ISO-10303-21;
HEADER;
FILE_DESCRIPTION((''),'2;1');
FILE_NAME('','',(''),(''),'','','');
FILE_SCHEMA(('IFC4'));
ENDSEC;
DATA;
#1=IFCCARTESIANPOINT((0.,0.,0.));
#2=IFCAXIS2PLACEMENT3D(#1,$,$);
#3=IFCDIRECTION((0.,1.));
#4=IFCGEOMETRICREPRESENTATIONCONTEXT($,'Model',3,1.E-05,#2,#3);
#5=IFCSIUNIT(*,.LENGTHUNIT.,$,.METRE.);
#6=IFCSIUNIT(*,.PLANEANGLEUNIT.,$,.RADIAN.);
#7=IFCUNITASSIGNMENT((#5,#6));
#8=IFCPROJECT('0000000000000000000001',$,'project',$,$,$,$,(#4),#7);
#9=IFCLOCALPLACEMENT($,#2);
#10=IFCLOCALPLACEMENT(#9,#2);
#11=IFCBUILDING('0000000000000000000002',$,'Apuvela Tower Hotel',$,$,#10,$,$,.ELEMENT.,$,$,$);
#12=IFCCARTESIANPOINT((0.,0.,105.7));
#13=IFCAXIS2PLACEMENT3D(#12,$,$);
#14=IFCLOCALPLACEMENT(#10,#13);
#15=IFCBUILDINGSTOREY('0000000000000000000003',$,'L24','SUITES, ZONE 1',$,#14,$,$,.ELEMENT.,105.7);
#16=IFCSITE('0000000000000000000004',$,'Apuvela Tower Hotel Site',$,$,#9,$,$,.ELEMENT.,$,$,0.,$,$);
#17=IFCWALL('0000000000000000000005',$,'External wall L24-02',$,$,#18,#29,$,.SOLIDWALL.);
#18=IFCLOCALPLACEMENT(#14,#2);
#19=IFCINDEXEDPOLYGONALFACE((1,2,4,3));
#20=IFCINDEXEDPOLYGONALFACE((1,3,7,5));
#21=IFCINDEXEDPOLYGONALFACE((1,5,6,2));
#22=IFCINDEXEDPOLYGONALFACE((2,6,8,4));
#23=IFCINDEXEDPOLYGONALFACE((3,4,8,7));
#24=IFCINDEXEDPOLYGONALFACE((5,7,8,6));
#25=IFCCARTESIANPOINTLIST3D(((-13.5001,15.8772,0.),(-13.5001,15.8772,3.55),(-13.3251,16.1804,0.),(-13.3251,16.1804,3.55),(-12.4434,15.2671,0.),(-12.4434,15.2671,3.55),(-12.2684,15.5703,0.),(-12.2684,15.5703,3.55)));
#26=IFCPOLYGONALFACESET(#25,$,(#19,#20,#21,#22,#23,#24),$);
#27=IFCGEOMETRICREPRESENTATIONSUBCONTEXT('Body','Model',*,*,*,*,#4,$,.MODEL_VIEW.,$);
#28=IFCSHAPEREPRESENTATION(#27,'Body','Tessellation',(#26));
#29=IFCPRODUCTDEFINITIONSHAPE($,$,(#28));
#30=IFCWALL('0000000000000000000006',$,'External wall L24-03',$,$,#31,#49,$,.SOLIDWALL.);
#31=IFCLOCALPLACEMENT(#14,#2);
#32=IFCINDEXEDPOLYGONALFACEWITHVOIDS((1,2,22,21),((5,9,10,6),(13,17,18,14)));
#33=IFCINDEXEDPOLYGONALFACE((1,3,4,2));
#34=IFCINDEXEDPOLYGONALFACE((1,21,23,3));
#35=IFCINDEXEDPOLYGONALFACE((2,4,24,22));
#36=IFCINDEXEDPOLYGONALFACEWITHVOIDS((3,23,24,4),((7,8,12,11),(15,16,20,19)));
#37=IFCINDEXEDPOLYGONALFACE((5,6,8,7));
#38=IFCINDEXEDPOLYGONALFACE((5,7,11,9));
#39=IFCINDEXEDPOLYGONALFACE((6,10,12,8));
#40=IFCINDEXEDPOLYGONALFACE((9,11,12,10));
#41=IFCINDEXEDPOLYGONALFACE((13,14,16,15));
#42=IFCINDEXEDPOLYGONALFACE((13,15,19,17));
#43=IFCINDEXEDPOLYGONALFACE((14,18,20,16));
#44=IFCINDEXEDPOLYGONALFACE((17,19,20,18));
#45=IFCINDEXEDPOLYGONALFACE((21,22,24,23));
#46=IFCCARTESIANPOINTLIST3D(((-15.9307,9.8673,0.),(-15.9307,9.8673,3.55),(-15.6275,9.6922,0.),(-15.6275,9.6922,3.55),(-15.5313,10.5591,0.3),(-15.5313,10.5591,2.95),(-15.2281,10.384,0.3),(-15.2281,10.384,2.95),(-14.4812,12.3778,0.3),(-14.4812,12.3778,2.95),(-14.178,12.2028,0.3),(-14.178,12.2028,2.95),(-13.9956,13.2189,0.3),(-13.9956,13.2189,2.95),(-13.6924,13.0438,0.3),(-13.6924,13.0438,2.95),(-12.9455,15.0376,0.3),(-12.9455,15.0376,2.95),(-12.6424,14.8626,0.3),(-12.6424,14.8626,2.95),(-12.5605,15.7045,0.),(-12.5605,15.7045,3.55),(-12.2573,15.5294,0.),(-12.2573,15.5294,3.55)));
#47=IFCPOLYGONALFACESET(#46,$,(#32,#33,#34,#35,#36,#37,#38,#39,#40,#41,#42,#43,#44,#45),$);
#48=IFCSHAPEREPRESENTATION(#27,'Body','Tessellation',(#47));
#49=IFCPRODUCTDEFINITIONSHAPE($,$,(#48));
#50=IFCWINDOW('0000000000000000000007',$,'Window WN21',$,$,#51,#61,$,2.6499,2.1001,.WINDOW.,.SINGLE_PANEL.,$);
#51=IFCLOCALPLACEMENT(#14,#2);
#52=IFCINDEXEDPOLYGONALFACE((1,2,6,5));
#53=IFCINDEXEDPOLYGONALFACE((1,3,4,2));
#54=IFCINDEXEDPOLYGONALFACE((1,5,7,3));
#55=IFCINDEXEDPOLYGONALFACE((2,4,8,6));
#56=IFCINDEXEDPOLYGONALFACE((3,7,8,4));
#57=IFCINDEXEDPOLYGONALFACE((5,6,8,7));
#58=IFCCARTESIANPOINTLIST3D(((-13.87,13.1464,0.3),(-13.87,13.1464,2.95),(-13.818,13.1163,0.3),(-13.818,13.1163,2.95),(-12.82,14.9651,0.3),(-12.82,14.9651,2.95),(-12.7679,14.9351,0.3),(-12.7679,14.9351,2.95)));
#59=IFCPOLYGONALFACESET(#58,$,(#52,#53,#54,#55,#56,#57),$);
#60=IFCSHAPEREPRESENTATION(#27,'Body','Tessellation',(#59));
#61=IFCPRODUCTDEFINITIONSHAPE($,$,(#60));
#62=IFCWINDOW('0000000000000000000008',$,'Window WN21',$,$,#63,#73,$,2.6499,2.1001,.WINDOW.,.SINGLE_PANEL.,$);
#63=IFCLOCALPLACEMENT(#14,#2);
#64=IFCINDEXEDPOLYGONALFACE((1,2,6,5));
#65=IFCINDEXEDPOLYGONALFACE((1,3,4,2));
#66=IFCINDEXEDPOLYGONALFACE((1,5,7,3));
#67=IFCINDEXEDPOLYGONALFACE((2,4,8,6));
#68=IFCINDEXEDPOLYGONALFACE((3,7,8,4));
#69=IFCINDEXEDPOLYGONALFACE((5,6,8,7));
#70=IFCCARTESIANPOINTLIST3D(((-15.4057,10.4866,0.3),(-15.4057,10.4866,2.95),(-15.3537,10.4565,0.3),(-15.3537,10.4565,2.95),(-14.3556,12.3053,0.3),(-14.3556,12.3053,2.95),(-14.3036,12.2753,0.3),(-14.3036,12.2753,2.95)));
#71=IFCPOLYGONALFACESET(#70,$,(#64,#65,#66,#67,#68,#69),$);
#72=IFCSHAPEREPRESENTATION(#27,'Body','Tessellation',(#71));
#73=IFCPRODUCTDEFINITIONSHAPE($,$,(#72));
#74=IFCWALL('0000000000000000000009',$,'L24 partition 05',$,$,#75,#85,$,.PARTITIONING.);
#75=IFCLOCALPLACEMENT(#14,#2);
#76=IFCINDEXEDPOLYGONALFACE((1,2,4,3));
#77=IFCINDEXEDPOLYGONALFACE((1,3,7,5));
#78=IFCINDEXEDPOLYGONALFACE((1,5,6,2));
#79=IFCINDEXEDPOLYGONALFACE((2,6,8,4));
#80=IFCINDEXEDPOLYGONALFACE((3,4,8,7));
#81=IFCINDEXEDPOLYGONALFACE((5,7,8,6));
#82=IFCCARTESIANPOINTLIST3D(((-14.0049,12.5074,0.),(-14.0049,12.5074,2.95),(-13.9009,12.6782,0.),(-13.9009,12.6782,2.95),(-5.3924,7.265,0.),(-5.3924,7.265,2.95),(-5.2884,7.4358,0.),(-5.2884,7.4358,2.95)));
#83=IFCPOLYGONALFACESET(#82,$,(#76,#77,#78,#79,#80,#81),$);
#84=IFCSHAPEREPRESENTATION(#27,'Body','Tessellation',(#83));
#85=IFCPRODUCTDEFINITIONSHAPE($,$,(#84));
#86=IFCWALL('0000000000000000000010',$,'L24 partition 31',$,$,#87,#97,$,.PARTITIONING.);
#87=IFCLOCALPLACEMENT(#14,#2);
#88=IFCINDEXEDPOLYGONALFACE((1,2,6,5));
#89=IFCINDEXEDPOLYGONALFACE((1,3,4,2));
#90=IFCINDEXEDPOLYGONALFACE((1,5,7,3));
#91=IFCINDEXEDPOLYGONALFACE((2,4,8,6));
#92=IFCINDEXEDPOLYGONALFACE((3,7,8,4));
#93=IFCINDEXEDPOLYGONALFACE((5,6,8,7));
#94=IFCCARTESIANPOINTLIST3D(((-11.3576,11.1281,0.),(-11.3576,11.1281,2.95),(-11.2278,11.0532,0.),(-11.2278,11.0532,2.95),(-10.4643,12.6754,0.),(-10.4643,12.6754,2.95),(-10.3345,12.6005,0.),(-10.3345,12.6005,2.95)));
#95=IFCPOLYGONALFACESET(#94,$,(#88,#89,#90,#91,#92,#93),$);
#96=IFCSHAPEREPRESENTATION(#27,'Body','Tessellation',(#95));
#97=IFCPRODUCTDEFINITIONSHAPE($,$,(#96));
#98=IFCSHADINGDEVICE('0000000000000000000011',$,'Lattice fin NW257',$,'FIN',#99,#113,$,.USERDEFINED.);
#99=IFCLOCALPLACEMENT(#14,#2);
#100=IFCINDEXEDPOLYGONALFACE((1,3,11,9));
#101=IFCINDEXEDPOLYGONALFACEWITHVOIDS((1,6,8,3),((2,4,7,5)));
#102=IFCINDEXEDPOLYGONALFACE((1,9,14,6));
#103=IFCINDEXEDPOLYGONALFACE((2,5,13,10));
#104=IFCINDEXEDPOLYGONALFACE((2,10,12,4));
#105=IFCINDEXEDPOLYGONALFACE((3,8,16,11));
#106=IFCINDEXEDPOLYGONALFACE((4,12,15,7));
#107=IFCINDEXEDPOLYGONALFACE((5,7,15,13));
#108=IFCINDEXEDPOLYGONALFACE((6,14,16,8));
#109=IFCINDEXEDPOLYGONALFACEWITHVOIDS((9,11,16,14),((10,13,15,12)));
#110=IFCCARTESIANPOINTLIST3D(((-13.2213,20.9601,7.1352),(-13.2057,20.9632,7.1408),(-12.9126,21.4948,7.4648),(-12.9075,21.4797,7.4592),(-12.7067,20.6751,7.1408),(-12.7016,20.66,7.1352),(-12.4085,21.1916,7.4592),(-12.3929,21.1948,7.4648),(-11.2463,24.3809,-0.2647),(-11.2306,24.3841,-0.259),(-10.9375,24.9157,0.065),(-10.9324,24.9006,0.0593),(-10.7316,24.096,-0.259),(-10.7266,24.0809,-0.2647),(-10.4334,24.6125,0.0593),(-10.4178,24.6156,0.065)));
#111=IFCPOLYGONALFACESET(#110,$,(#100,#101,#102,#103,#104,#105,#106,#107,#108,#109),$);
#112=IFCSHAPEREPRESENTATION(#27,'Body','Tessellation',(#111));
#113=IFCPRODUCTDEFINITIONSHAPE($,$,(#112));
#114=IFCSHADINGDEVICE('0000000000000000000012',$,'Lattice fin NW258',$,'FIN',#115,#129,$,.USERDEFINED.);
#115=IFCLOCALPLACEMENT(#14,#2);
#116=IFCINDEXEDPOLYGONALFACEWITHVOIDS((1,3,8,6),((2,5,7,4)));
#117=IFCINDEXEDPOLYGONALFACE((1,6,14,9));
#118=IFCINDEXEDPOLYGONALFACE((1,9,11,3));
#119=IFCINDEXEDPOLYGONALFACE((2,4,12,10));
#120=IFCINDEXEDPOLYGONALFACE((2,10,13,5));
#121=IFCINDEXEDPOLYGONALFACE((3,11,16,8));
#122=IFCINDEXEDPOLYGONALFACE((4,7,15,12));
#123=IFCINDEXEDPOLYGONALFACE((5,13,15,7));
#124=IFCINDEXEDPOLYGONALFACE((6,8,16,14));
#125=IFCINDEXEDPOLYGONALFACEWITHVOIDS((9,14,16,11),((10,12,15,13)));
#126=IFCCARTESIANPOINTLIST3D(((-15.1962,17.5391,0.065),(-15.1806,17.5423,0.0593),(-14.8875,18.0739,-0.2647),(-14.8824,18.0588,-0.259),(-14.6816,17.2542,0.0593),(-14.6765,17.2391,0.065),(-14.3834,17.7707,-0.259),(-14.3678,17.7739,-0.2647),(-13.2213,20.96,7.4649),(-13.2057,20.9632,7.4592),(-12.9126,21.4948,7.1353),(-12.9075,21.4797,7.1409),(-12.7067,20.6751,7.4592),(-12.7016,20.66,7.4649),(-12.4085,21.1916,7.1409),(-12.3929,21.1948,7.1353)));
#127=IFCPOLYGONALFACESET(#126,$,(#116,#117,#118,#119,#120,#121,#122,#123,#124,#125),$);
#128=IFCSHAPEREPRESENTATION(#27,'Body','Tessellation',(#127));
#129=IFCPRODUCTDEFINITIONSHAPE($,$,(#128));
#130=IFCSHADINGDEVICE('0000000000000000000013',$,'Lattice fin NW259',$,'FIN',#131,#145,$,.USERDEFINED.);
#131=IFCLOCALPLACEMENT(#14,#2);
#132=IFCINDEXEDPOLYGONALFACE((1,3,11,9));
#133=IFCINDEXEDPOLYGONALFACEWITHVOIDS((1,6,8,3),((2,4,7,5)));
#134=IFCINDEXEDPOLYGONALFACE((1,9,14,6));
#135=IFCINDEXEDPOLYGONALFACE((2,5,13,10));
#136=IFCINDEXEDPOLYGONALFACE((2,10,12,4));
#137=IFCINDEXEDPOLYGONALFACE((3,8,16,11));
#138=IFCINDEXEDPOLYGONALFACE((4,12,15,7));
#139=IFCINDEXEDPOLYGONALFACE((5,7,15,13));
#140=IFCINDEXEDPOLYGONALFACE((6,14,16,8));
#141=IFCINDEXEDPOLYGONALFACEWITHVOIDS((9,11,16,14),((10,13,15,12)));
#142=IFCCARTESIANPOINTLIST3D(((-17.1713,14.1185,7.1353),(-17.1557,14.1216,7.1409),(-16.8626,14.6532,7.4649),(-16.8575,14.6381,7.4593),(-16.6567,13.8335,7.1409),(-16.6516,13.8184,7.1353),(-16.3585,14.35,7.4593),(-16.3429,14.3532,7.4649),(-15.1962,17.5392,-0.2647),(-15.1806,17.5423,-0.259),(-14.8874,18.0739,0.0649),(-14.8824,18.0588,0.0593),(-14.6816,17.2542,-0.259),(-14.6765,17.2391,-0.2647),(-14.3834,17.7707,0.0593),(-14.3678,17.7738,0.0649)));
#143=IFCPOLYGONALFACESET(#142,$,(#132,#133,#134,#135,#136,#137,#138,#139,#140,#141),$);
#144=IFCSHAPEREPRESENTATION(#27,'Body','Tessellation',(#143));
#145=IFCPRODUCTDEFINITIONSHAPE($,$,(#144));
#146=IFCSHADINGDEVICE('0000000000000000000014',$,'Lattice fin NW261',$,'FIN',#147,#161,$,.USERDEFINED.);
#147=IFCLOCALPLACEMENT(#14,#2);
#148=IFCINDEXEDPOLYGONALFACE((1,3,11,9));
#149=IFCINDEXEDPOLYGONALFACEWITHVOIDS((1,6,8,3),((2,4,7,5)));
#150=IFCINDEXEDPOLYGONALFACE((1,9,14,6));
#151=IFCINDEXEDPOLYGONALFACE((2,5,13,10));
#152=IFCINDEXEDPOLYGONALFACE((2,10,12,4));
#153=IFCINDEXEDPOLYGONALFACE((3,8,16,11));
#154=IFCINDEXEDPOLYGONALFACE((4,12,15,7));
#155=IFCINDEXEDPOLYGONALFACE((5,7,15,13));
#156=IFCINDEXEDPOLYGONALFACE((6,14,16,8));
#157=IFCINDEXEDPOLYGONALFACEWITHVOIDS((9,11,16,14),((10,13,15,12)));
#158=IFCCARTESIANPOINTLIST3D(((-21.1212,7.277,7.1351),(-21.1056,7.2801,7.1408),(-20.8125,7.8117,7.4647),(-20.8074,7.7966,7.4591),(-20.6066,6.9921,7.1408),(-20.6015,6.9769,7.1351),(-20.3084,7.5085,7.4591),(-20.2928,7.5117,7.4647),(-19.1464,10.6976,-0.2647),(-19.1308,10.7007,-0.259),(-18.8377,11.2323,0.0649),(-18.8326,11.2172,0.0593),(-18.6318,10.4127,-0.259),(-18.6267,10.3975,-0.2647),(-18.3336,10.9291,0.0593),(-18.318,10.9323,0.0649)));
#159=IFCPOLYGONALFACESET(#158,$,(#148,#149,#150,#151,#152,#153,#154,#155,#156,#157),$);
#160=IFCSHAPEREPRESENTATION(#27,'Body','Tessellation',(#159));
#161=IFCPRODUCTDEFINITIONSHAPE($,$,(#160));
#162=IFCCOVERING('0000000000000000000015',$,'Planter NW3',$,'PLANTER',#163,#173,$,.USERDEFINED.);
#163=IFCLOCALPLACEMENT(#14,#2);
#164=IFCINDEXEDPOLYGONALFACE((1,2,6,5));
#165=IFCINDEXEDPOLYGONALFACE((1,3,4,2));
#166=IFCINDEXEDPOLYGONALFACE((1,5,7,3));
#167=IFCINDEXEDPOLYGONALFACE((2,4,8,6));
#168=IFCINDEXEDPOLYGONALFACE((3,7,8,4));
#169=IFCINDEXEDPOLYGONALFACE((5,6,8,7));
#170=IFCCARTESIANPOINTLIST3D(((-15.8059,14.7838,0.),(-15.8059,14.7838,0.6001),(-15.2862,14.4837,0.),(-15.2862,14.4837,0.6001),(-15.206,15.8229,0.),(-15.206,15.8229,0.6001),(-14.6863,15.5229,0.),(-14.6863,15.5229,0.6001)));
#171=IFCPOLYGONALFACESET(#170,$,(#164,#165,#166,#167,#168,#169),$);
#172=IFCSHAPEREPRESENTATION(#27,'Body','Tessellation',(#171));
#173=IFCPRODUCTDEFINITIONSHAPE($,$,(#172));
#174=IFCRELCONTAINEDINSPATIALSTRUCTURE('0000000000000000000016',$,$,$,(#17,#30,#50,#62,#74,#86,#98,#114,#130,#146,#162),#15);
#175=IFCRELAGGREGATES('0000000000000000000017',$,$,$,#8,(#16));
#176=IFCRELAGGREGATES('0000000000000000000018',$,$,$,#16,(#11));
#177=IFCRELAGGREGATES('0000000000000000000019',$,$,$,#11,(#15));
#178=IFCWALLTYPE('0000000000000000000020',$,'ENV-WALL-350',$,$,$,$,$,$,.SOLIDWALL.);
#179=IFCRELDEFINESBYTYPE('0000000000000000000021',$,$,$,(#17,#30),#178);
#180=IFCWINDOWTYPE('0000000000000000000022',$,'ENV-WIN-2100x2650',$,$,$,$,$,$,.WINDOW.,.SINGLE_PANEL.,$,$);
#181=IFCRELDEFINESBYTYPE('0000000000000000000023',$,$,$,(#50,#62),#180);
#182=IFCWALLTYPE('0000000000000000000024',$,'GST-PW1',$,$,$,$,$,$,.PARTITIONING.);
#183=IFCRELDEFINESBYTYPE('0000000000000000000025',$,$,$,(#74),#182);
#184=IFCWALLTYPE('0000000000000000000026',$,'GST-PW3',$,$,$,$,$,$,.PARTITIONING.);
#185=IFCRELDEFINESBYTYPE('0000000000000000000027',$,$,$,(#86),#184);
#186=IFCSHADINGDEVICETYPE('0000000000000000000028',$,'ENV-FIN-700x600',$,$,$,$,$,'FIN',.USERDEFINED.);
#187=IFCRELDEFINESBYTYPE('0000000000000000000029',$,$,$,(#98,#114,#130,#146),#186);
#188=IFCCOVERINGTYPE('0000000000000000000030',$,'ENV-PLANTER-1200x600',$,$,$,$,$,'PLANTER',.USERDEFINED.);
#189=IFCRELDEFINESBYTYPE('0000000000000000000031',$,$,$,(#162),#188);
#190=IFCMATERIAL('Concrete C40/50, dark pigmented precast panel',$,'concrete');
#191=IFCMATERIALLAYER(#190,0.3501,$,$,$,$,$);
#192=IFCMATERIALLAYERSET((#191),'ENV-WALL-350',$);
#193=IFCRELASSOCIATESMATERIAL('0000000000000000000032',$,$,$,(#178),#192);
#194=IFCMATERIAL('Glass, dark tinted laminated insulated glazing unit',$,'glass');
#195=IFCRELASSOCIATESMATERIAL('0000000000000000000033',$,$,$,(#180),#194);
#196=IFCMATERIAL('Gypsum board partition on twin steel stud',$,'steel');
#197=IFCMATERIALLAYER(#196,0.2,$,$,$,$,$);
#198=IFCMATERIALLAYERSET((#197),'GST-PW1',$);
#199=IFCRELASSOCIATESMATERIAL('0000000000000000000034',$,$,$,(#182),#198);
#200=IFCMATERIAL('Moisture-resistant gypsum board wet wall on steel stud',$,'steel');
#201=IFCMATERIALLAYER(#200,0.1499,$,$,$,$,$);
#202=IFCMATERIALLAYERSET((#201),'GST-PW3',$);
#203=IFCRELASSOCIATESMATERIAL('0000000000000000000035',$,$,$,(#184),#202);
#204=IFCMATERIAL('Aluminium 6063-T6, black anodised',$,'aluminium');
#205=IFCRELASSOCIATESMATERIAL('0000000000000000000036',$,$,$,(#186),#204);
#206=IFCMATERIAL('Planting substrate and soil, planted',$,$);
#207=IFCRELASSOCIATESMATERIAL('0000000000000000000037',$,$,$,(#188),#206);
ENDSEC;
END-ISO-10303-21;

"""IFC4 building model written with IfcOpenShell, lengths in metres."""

from ifc_helpers import new_model, si_unit, direction, frame, frame_2d, origin, origin_2d, place, context, subcontext, project, spatial, rectangle, hollow_rectangle, extrude, material, layer, layer_set, material_profile, profile_set, type_object, element, fill, save


model = new_model("IFC4")

# Units and contexts
model_context = context("Model", 3, precision=1e-05, world=origin(), true_north=direction((0.0, 1.0)))
body_context = subcontext(model_context, "Body", "Model", "MODEL_VIEW")
ifc_project = project(units=[si_unit("LENGTHUNIT", "METRE"), si_unit("PLANEANGLEUNIT", "RADIAN")], contexts=[model_context])

# Site, building, storey
site_placement = place(None, origin())
site = spatial("IfcSite", under=ifc_project, at=site_placement, Name="Apuvela Tower Hotel Site", CompositionType="ELEMENT", RefElevation=0.0)
building_placement = place(site_placement, origin())
building = spatial("IfcBuilding", under=site, at=building_placement, Name="Apuvela Tower Hotel", CompositionType="ELEMENT")
storey_placement = place(building_placement, frame((0.0, 0.0, 105.7)))
storey = spatial("IfcBuildingStorey", under=building, at=storey_placement, Name="L24", Description="SUITES, ZONE 1", CompositionType="ELEMENT", Elevation=105.7)

# Wall
ifc_material_1 = material(Name="Concrete C40/50, dark pigmented precast panel", Category="concrete")
ifc_layer_1 = layer(ifc_material_1, 0.3501)
ifc_layer_set_1 = layer_set([ifc_layer_1], Name="ENV-WALL-350")
wall_type_1 = type_object("IfcWallType", Name="ENV-WALL-350", PredefinedType="SOLIDWALL", material=ifc_layer_set_1)
wall_1_placement = place(storey_placement, frame((-13.4126, 16.0288, 0.0), z_axis=(0.0, 0.0, 1.0), x_axis=(0.866006, -0.500034, 0.0)))
element("IfcWall", 1, at=wall_1_placement, inside=storey, type_object=wall_type_1, Name="External wall L24-02", PredefinedType="SOLIDWALL", context=body_context, shape_type="SweptSolid", body=[
    extrude(rectangle(XDim=1.2202, YDim=0.3501, at=frame_2d((0.6101, 0.0))), origin(), (0.0, 0.0, 1.0), 3.55),
])

# Wall, openings, windows
wall_2_placement = place(storey_placement, frame((-12.4089, 15.6169, 0.0), z_axis=(0.0, 0.0, 1.0), x_axis=(-0.500004, -0.866023, 0.0)))
wall_2 = element("IfcWall", 2, at=wall_2_placement, inside=storey, type_object=wall_type_1, Name="External wall L24-03", PredefinedType="SOLIDWALL", context=body_context, shape_type="SweptSolid", body=[
    extrude(rectangle(XDim=6.7402, YDim=0.3501, at=frame_2d((3.3701, 0.0))), origin(), (0.0, 0.0, 1.0), 3.55),
])
opening_1_placement = place(wall_2_placement, frame((0.77, 0.0, 0.3)))
opening_1 = element("IfcOpeningElement", 3, at=opening_1_placement, cuts=wall_2, PredefinedType="OPENING", context=body_context, shape_type="SweptSolid", body=[
    extrude(rectangle(XDim=2.1001, YDim=2.6499, at=frame_2d((1.05, 1.325))), frame((0.0, 0.1851, 0.0), z_axis=(0.0, -1.0, 0.0), x_axis=(1.0, 0.0, 0.0)), (0.0, 0.0, 1.0), 0.3701),
])
opening_2_placement = place(wall_2_placement, frame((3.8413, 0.0, 0.3)))
opening_2 = element("IfcOpeningElement", 4, at=opening_2_placement, cuts=wall_2, PredefinedType="OPENING", context=body_context, shape_type="SweptSolid", body=[
    extrude(rectangle(XDim=2.1001, YDim=2.6499, at=frame_2d((1.05, 1.325))), frame((0.0, 0.1851, 0.0), z_axis=(0.0, -1.0, 0.0), x_axis=(1.0, 0.0, 0.0)), (0.0, 0.0, 1.0), 0.3701),
])
ifc_material_2 = material(Name="Glass, dark tinted laminated insulated glazing unit", Category="glass")
window_type = type_object("IfcWindowType", Name="ENV-WIN-2100x2650", PartitioningType="SINGLE_PANEL", PredefinedType="WINDOW", material=ifc_material_2)
window_1_placement = place(opening_1_placement, origin())
window_1 = element("IfcWindow", 5, at=window_1_placement, inside=storey, type_object=window_type, Name="Window WN21", OverallHeight=2.6499, OverallWidth=2.1001, PartitioningType="SINGLE_PANEL", PredefinedType="WINDOW", context=body_context, shape_type="SweptSolid", body=[
    extrude(rectangle(XDim=2.1001, YDim=2.6499, at=frame_2d((1.05, 1.325))), frame((0.0, 0.03, 0.0), z_axis=(0.0, -1.0, 0.0), x_axis=(1.0, 0.0, 0.0)), (0.0, 0.0, 1.0), 0.0601),
])
fill(opening_1, window_1)
window_2_placement = place(opening_2_placement, origin())
window_2 = element("IfcWindow", 6, at=window_2_placement, inside=storey, type_object=window_type, Name="Window WN21", OverallHeight=2.6499, OverallWidth=2.1001, PartitioningType="SINGLE_PANEL", PredefinedType="WINDOW", context=body_context, shape_type="SweptSolid", body=[
    extrude(rectangle(XDim=2.1001, YDim=2.6499, at=frame_2d((1.05, 1.325))), frame((0.0, 0.03, 0.0), z_axis=(0.0, -1.0, 0.0), x_axis=(1.0, 0.0, 0.0)), (0.0, 0.0, 1.0), 0.0601),
])
fill(opening_2, window_2)

# Walls
ifc_material_3 = material(Name="Gypsum board partition on twin steel stud", Category="steel")
ifc_layer_2 = layer(ifc_material_3, 0.2)
ifc_layer_set_2 = layer_set([ifc_layer_2], Name="GST-PW1")
wall_type_2 = type_object("IfcWallType", Name="GST-PW1", PredefinedType="PARTITIONING", material=ifc_layer_set_2)
wall_3_placement = place(storey_placement, frame((-13.9529, 12.5928, 0.0), z_axis=(0.0, 0.0, 1.0), x_axis=(0.854198, -0.519948, 0.0)))
element("IfcWall", 7, at=wall_3_placement, inside=storey, type_object=wall_type_2, Name="L24 partition 05", PredefinedType="PARTITIONING", context=body_context, shape_type="SweptSolid", body=[
    extrude(rectangle(XDim=10.0825, YDim=0.2, at=frame_2d((5.0413, 0.0))), origin(), (0.0, 0.0, 1.0), 2.95),
])
ifc_material_4 = material(Name="Moisture-resistant gypsum board wet wall on steel stud", Category="steel")
ifc_layer_3 = layer(ifc_material_4, 0.1499)
ifc_layer_set_3 = layer_set([ifc_layer_3], Name="GST-PW3")
wall_type_3 = type_object("IfcWallType", Name="GST-PW3", PredefinedType="PARTITIONING", material=ifc_layer_set_3)
wall_4_placement = place(storey_placement, frame((-10.3994, 12.6379, 0.0), z_axis=(0.0, 0.0, 1.0), x_axis=(-0.499975, -0.86604, 0.0)))
element("IfcWall", 8, at=wall_4_placement, inside=storey, type_object=wall_type_3, Name="L24 partition 31", PredefinedType="PARTITIONING", context=body_context, shape_type="SweptSolid", body=[
    extrude(rectangle(XDim=1.7866, YDim=0.1499, at=frame_2d((0.8933, 0.0))), origin(), (0.0, 0.0, 1.0), 2.95),
])

# Shading devices
ifc_material_5 = material(Name="Aluminium 6063-T6, black anodised", Category="aluminium")
ifc_material_profile_1 = material_profile(ifc_material_5, hollow_rectangle(XDim=0.6001, YDim=0.7, WallThickness=0.012, at=origin_2d()), Name="AL BOX 700x600x12")
ifc_profile_set_1 = profile_set([ifc_material_profile_1], Name="Aluminium 6063-T6, black anodised")
shading_device_type = type_object("IfcShadingDeviceType", Name="ENV-FIN-700x600", ElementType="FIN", PredefinedType="USERDEFINED", material=ifc_profile_set_1)
for number, where, z_axis, x_axis, name in (
    (9, (-10.832, 24.4983, -0.0999), (-0.235461, -0.407822, 0.882179), (0.866021, -0.500008, 0.0), "Lattice fin NW257"),
    (10, (-14.782, 17.6565, -0.0999), (0.235434, 0.407825, 0.882185), (-0.866048, 0.499961, 0.0), "Lattice fin NW258"),
    (11, (-14.782, 17.6565, -0.0999), (-0.235464, -0.407798, 0.882189), (0.866005, -0.500035, 0.0), "Lattice fin NW259"),
):
    element("IfcShadingDevice", number, at=place(storey_placement, frame(where, z_axis=z_axis, x_axis=x_axis)), inside=storey, type_object=shading_device_type, Name=name, ObjectType="FIN", PredefinedType="USERDEFINED", context=body_context, shape_type="SweptSolid", body=[
        extrude(hollow_rectangle(XDim=0.6001, YDim=0.7, WallThickness=0.012, at=origin_2d()), origin(), (0.0, 0.0, 1.0), 8.3882),
    ])
shading_device_placement = place(storey_placement, frame((-18.7322, 10.8149, -0.0999), z_axis=(-0.235436, -0.407801, 0.882195), x_axis=(0.866032, -0.499988, 0.0)))
element("IfcShadingDevice", 12, at=shading_device_placement, inside=storey, type_object=shading_device_type, Name="Lattice fin NW261", ObjectType="FIN", PredefinedType="USERDEFINED", context=body_context, shape_type="SweptSolid", body=[
    extrude(hollow_rectangle(XDim=0.6001, YDim=0.7, WallThickness=0.012, at=origin_2d()), origin(), (0.0, 0.0, 1.0), 8.3879),
])

# Covering
ifc_material_6 = material(Name="Planting substrate and soil, planted")
covering_type = type_object("IfcCoveringType", Name="ENV-PLANTER-1200x600", ElementType="PLANTER", PredefinedType="USERDEFINED", material=ifc_material_6)
covering_placement = place(storey_placement, frame((-15.2461, 15.1533, 0.0), z_axis=(0.0, 0.0, 1.0), x_axis=(-0.5, -0.866025, 0.0)))
element("IfcCovering", 13, at=covering_placement, inside=storey, type_object=covering_type, Name="Planter NW3", ObjectType="PLANTER", PredefinedType="USERDEFINED", context=body_context, shape_type="SweptSolid", body=[
    extrude(rectangle(XDim=1.2, YDim=0.6001, at=origin_2d()), origin(), (0.0, 0.0, 1.0), 0.6001),
])

save(model, "model.ifc")
